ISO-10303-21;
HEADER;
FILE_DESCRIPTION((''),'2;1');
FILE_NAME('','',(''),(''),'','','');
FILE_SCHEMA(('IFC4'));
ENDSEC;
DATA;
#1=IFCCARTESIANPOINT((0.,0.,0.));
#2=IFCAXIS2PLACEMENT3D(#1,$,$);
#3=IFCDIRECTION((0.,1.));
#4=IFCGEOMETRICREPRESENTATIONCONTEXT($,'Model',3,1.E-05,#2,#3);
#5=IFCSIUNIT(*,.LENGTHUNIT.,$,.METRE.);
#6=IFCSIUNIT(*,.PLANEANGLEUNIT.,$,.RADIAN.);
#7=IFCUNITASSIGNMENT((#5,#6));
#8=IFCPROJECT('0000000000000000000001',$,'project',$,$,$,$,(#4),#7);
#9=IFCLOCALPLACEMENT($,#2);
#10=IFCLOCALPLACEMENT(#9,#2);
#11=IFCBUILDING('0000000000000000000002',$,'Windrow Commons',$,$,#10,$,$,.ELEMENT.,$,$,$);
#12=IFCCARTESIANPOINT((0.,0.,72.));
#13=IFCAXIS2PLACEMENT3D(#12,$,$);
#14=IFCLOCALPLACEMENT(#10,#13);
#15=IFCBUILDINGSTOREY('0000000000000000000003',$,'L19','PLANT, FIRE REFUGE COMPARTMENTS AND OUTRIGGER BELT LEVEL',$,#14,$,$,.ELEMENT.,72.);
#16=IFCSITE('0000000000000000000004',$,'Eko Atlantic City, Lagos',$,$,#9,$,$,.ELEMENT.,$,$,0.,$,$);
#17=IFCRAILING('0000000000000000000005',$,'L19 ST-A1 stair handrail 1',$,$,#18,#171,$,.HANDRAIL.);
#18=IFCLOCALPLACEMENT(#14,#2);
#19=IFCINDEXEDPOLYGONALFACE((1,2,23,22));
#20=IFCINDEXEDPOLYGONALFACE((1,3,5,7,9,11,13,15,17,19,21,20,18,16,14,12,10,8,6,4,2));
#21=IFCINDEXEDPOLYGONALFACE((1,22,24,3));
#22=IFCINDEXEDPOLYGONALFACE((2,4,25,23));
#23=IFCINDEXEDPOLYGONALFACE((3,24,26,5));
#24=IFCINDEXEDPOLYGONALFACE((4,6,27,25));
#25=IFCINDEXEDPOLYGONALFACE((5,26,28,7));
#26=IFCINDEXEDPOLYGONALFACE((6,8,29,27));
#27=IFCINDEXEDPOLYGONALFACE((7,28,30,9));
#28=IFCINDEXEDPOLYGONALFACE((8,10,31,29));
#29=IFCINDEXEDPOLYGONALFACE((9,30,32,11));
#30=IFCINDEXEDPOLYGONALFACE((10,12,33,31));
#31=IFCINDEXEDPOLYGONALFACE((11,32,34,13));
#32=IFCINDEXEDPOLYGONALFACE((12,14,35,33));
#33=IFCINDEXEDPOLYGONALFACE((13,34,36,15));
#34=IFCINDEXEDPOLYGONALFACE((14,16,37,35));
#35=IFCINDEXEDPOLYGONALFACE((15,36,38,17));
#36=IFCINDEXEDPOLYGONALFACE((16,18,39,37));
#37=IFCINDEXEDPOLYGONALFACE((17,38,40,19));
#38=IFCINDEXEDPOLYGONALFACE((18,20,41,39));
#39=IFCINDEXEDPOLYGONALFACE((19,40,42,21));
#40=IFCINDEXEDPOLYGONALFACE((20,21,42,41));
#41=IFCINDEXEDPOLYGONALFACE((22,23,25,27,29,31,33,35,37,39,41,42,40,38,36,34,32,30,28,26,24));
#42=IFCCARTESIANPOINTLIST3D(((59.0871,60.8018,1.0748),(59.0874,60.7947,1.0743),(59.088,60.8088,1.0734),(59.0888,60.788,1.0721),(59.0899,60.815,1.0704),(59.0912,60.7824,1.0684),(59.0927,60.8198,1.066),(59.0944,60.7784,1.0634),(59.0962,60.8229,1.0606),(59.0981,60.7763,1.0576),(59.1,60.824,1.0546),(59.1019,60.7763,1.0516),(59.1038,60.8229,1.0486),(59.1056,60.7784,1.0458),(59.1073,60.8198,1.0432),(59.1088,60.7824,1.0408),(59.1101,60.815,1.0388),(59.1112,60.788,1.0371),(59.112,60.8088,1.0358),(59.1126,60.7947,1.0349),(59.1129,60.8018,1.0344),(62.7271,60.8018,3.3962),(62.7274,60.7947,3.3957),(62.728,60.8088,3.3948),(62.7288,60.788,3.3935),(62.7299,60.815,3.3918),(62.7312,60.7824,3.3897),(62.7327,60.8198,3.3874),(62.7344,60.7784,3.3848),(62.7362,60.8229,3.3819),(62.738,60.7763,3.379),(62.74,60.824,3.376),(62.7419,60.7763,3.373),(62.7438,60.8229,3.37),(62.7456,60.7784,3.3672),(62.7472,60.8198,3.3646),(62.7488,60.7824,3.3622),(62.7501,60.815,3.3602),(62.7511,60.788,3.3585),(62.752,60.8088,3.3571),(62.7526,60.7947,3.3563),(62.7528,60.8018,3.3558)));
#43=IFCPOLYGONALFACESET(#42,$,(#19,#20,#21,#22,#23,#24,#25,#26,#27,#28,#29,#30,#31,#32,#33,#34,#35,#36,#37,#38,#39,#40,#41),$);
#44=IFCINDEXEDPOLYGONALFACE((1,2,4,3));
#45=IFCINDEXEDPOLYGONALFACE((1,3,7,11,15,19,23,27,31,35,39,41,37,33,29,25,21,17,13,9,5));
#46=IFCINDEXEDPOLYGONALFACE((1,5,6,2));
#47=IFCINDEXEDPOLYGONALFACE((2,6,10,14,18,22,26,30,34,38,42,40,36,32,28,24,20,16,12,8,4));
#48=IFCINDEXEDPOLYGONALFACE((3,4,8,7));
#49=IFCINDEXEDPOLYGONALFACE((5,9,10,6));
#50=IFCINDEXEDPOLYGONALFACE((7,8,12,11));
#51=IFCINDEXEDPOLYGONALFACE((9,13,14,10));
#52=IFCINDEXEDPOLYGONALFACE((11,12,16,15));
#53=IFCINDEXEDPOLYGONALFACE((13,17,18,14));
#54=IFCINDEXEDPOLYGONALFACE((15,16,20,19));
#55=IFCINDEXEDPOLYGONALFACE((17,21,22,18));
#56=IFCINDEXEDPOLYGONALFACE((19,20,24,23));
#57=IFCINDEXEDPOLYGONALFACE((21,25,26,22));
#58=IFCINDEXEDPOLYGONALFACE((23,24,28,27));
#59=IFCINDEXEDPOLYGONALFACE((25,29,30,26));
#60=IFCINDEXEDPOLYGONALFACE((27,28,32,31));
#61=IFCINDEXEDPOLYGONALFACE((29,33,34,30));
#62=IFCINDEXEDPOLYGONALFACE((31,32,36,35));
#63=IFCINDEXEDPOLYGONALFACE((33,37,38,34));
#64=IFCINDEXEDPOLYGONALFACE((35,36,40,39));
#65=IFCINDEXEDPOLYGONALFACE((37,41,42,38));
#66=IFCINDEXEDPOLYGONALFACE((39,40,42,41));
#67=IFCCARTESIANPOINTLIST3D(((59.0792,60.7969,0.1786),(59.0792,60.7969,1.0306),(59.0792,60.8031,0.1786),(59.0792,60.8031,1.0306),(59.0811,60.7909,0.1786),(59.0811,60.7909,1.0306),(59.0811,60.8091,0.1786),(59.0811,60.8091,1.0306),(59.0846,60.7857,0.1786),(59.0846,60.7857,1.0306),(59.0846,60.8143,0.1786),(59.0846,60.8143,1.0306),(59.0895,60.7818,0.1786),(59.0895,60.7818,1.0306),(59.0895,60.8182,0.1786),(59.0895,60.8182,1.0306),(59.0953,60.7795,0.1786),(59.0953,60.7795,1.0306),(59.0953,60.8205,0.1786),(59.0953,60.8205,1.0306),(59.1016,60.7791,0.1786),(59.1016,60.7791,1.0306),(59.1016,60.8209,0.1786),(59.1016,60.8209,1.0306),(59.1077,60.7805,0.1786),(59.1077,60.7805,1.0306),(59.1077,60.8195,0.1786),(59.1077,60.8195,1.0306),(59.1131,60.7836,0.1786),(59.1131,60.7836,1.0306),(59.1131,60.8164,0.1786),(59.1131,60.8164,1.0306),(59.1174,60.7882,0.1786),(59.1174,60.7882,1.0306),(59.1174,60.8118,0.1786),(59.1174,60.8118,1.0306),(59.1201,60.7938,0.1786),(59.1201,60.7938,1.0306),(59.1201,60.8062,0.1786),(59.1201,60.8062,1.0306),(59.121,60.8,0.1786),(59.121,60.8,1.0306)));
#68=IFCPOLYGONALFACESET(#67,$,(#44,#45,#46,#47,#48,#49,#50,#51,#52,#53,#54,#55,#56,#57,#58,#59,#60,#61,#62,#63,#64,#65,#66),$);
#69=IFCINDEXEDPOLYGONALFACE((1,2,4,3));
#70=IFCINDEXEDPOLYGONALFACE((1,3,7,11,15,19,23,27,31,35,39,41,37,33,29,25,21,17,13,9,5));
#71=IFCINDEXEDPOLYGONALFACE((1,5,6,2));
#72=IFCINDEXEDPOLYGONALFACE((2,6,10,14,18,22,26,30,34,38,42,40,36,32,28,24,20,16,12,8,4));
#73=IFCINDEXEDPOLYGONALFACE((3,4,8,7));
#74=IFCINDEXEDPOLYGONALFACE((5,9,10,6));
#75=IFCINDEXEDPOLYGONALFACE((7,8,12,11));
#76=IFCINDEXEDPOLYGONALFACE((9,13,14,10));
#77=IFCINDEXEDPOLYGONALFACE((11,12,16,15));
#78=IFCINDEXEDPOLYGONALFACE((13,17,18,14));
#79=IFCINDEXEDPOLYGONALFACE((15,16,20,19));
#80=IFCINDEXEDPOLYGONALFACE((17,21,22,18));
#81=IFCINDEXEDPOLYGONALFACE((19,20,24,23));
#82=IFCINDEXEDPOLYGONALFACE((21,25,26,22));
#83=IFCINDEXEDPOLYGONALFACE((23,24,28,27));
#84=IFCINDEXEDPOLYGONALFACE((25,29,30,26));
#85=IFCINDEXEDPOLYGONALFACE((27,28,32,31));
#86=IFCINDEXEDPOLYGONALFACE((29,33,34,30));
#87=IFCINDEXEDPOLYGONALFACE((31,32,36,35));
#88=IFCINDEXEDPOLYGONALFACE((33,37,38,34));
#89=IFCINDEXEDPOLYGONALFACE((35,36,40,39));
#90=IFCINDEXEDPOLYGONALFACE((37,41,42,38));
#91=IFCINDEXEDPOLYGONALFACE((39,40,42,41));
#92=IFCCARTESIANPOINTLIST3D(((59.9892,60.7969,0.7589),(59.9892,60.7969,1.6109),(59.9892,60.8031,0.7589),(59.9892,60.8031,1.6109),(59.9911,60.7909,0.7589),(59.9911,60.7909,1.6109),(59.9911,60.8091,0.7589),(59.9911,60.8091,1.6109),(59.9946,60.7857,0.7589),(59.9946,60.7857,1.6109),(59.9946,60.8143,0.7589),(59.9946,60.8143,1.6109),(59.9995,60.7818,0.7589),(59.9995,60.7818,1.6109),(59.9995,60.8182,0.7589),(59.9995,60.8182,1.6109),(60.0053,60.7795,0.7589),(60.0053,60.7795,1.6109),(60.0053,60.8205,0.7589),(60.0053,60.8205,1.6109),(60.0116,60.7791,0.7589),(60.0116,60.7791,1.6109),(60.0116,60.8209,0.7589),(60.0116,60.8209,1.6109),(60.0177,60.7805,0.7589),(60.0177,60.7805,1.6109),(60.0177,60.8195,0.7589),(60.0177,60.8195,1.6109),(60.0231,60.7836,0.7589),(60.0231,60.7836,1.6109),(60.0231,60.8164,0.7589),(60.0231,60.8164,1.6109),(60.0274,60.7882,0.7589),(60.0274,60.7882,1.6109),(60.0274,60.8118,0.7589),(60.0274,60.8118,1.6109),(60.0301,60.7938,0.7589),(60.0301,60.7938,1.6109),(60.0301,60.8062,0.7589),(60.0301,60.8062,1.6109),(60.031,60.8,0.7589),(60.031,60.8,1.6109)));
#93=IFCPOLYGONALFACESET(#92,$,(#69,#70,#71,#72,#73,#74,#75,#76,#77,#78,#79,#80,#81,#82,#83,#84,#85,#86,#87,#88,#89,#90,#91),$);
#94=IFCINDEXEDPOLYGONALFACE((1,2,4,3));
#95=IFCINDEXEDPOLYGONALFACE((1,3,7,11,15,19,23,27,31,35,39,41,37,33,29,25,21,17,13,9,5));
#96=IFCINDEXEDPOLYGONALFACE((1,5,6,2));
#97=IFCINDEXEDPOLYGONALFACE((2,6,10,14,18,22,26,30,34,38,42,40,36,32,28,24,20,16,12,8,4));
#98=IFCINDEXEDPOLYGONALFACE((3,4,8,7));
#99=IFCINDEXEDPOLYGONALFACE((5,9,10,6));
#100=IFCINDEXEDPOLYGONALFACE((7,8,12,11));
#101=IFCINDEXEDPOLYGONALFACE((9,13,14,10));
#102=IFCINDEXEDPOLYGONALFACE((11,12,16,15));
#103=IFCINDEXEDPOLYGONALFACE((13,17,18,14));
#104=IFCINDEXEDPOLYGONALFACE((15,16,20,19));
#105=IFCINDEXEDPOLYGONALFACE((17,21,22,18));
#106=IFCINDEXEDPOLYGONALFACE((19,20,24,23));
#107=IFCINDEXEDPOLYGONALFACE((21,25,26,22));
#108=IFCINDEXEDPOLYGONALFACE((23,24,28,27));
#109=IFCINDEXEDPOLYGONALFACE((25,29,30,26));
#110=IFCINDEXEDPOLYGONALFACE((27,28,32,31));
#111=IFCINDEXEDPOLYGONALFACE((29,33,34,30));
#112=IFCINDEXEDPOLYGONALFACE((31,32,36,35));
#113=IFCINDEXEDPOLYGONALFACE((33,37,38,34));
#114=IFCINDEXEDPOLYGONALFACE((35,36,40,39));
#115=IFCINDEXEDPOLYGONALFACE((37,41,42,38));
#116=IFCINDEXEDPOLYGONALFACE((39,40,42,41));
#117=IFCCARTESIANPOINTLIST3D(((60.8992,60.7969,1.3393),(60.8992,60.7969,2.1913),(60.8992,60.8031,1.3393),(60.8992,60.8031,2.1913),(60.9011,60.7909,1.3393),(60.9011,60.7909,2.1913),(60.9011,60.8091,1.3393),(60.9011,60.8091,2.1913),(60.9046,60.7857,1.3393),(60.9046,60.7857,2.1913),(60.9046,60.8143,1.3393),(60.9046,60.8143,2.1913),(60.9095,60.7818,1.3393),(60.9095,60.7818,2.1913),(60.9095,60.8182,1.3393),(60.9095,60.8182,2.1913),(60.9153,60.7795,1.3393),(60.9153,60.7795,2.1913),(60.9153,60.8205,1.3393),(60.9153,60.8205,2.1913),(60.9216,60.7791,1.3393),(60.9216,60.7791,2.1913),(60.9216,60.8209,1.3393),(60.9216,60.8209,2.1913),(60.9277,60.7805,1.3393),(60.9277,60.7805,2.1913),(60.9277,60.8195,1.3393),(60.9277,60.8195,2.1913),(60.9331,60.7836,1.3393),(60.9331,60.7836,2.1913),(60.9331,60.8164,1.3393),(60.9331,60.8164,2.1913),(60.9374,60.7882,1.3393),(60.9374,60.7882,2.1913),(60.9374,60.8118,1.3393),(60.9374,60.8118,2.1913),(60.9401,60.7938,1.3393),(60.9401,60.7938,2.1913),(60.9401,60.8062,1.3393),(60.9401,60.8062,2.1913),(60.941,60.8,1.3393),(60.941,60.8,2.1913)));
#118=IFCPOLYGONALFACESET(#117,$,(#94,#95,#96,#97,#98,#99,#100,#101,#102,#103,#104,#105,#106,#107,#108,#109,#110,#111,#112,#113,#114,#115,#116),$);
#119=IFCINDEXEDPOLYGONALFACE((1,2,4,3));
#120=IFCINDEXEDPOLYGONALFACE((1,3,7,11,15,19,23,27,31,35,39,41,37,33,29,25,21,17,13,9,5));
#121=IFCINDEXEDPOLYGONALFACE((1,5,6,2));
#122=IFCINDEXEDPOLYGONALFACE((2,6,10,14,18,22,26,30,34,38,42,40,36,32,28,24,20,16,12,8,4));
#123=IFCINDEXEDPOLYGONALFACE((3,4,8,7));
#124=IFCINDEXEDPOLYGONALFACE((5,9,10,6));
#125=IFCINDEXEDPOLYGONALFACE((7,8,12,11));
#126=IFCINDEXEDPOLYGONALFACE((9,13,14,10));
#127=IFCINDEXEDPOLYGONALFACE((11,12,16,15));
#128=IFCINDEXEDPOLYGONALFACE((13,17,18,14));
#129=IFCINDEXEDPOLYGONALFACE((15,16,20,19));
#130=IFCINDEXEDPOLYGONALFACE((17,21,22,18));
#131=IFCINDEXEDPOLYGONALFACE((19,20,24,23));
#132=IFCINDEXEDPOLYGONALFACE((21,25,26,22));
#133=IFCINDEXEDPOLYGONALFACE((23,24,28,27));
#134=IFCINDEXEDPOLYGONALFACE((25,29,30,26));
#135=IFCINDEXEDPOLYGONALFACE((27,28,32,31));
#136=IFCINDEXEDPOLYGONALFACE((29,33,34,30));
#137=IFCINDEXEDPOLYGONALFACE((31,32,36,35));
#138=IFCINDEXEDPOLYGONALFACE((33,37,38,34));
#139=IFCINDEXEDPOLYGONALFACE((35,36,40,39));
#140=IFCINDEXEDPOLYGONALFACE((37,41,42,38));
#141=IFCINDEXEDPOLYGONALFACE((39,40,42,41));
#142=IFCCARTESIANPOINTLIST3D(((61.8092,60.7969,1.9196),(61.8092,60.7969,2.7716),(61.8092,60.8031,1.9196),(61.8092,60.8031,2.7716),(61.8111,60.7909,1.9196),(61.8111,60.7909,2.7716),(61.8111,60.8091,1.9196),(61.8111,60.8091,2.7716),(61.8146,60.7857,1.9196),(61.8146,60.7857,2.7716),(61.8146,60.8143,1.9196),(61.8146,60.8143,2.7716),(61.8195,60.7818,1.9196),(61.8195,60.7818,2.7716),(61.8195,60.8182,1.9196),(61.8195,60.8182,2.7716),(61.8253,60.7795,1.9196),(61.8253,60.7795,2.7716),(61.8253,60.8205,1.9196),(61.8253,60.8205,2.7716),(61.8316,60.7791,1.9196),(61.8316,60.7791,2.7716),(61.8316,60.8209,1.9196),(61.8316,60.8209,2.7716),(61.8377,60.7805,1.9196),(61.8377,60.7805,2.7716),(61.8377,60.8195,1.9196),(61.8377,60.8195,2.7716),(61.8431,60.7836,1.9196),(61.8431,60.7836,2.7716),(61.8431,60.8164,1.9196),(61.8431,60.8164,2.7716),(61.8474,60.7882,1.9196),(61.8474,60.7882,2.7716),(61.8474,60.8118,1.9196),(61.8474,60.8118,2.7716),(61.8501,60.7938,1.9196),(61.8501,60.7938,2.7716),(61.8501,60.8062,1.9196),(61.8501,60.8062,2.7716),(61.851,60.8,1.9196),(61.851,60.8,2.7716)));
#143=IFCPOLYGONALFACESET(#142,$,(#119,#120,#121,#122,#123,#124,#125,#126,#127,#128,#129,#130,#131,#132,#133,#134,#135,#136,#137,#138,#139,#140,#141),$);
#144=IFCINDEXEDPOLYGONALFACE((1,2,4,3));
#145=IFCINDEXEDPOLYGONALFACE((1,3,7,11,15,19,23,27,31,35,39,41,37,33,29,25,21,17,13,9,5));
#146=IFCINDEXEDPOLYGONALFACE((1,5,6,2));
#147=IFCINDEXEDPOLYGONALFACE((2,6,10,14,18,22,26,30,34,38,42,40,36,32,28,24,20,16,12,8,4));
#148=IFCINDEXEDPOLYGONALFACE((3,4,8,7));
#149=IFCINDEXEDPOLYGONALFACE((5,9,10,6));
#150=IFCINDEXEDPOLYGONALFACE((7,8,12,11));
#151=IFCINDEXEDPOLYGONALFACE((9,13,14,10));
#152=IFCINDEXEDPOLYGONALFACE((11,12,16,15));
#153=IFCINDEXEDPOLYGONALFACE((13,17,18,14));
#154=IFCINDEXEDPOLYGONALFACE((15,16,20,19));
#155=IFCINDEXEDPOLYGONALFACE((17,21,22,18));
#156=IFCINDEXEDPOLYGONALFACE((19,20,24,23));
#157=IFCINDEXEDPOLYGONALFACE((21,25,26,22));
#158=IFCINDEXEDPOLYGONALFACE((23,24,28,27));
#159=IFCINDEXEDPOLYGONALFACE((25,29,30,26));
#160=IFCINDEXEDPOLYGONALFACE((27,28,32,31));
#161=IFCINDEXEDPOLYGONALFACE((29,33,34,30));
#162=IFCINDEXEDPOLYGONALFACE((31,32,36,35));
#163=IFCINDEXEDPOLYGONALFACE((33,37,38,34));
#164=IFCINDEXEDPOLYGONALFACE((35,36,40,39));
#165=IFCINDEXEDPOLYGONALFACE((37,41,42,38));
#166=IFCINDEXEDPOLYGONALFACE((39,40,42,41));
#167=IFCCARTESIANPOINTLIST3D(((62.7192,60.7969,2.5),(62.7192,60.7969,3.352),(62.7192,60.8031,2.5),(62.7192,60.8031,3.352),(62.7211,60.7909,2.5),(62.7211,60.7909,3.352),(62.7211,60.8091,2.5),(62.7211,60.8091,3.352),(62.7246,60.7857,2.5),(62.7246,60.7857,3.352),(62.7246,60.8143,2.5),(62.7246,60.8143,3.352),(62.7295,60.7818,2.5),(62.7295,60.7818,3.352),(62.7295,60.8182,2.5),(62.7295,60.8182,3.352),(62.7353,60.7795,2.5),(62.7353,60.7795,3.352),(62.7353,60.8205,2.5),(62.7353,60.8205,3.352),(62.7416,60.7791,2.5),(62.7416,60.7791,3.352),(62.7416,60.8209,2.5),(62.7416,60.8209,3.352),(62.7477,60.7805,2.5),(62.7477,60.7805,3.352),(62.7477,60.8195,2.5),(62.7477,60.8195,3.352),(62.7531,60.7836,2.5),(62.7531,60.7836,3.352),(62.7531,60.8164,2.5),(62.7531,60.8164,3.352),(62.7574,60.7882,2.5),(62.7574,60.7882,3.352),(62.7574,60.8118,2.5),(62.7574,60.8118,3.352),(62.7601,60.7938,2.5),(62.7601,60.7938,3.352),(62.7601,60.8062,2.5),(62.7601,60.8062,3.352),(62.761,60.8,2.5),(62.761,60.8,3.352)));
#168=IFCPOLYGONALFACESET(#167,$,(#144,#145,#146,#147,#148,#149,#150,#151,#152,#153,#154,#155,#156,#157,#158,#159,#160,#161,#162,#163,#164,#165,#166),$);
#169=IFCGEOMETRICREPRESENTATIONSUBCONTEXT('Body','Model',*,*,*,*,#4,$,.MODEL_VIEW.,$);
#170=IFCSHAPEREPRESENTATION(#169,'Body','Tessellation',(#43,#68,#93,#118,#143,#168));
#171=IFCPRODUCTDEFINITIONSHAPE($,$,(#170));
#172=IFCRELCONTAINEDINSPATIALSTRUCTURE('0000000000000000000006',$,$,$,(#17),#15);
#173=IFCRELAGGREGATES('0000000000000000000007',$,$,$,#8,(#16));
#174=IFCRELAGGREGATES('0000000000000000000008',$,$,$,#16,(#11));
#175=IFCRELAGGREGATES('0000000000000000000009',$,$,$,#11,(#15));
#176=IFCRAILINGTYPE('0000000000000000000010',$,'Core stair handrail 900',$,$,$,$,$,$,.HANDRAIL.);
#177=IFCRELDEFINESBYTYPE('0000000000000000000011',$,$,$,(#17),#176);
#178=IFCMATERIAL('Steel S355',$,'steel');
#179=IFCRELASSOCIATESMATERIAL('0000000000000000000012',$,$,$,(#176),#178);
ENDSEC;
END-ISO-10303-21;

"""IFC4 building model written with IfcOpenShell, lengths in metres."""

from ifc_helpers import new_model, si_unit, direction, frame, origin, origin_2d, place, context, subcontext, project, spatial, circle, extrude, material, type_object, element, save


model = new_model("IFC4")

# Units and contexts
model_context = context("Model", 3, precision=1e-05, world=origin(), true_north=direction((0.0, 1.0)))
body_context = subcontext(model_context, "Body", "Model", "MODEL_VIEW")
ifc_project = project(units=[si_unit("LENGTHUNIT", "METRE"), si_unit("PLANEANGLEUNIT", "RADIAN")], contexts=[model_context])

# Site, building, storey
site_placement = place(None, origin())
site = spatial("IfcSite", under=ifc_project, at=site_placement, Name="Eko Atlantic City, Lagos", CompositionType="ELEMENT", RefElevation=0.0)
building_placement = place(site_placement, origin())
building = spatial("IfcBuilding", under=site, at=building_placement, Name="Windrow Commons", CompositionType="ELEMENT")
storey_placement = place(building_placement, frame((0.0, 0.0, 72.0)))
storey = spatial("IfcBuildingStorey", under=building, at=storey_placement, Name="L19", Description="PLANT, FIRE REFUGE COMPARTMENTS AND OUTRIGGER BELT LEVEL", CompositionType="ELEMENT", Elevation=72.0)

# Railing
ifc_material_1 = material(Name="Steel S355", Category="steel")
railing_type_1 = type_object("IfcRailingType", Name="Core stair handrail 900", PredefinedType="HANDRAIL", material=ifc_material_1)
railing_1_placement = place(storey_placement, frame((59.1, 60.8, 0.1786)))
element("IfcRailing", 1, at=railing_1_placement, inside=storey, type_object=railing_type_1, Name="L19 ST-A1 stair handrail 1", PredefinedType="HANDRAIL", context=body_context, shape_type="SweptSolid", body=[
    extrude(circle(Radius=0.024, at=origin_2d()), frame((0.0, 0.0, 0.876), z_axis=(0.843133, 0.0, 0.537706), x_axis=(0.0, 1.0, 0.0)), (0.0, 0.0, 1.0), 4.3172),
    extrude(circle(Radius=0.021, at=origin_2d()), origin(), (0.0, 0.0, 1.0), 0.852),
    extrude(circle(Radius=0.021, at=origin_2d()), frame((0.91, 0.0, 0.5803)), (0.0, 0.0, 1.0), 0.852),
    extrude(circle(Radius=0.021, at=origin_2d()), frame((1.82, 0.0, 1.1607)), (0.0, 0.0, 1.0), 0.852),
    extrude(circle(Radius=0.021, at=origin_2d()), frame((2.73, 0.0, 1.741)), (0.0, 0.0, 1.0), 0.852),
    extrude(circle(Radius=0.021, at=origin_2d()), frame((3.64, 0.0, 2.3214)), (0.0, 0.0, 1.0), 0.852),
])

save(model, "model.ifc")
